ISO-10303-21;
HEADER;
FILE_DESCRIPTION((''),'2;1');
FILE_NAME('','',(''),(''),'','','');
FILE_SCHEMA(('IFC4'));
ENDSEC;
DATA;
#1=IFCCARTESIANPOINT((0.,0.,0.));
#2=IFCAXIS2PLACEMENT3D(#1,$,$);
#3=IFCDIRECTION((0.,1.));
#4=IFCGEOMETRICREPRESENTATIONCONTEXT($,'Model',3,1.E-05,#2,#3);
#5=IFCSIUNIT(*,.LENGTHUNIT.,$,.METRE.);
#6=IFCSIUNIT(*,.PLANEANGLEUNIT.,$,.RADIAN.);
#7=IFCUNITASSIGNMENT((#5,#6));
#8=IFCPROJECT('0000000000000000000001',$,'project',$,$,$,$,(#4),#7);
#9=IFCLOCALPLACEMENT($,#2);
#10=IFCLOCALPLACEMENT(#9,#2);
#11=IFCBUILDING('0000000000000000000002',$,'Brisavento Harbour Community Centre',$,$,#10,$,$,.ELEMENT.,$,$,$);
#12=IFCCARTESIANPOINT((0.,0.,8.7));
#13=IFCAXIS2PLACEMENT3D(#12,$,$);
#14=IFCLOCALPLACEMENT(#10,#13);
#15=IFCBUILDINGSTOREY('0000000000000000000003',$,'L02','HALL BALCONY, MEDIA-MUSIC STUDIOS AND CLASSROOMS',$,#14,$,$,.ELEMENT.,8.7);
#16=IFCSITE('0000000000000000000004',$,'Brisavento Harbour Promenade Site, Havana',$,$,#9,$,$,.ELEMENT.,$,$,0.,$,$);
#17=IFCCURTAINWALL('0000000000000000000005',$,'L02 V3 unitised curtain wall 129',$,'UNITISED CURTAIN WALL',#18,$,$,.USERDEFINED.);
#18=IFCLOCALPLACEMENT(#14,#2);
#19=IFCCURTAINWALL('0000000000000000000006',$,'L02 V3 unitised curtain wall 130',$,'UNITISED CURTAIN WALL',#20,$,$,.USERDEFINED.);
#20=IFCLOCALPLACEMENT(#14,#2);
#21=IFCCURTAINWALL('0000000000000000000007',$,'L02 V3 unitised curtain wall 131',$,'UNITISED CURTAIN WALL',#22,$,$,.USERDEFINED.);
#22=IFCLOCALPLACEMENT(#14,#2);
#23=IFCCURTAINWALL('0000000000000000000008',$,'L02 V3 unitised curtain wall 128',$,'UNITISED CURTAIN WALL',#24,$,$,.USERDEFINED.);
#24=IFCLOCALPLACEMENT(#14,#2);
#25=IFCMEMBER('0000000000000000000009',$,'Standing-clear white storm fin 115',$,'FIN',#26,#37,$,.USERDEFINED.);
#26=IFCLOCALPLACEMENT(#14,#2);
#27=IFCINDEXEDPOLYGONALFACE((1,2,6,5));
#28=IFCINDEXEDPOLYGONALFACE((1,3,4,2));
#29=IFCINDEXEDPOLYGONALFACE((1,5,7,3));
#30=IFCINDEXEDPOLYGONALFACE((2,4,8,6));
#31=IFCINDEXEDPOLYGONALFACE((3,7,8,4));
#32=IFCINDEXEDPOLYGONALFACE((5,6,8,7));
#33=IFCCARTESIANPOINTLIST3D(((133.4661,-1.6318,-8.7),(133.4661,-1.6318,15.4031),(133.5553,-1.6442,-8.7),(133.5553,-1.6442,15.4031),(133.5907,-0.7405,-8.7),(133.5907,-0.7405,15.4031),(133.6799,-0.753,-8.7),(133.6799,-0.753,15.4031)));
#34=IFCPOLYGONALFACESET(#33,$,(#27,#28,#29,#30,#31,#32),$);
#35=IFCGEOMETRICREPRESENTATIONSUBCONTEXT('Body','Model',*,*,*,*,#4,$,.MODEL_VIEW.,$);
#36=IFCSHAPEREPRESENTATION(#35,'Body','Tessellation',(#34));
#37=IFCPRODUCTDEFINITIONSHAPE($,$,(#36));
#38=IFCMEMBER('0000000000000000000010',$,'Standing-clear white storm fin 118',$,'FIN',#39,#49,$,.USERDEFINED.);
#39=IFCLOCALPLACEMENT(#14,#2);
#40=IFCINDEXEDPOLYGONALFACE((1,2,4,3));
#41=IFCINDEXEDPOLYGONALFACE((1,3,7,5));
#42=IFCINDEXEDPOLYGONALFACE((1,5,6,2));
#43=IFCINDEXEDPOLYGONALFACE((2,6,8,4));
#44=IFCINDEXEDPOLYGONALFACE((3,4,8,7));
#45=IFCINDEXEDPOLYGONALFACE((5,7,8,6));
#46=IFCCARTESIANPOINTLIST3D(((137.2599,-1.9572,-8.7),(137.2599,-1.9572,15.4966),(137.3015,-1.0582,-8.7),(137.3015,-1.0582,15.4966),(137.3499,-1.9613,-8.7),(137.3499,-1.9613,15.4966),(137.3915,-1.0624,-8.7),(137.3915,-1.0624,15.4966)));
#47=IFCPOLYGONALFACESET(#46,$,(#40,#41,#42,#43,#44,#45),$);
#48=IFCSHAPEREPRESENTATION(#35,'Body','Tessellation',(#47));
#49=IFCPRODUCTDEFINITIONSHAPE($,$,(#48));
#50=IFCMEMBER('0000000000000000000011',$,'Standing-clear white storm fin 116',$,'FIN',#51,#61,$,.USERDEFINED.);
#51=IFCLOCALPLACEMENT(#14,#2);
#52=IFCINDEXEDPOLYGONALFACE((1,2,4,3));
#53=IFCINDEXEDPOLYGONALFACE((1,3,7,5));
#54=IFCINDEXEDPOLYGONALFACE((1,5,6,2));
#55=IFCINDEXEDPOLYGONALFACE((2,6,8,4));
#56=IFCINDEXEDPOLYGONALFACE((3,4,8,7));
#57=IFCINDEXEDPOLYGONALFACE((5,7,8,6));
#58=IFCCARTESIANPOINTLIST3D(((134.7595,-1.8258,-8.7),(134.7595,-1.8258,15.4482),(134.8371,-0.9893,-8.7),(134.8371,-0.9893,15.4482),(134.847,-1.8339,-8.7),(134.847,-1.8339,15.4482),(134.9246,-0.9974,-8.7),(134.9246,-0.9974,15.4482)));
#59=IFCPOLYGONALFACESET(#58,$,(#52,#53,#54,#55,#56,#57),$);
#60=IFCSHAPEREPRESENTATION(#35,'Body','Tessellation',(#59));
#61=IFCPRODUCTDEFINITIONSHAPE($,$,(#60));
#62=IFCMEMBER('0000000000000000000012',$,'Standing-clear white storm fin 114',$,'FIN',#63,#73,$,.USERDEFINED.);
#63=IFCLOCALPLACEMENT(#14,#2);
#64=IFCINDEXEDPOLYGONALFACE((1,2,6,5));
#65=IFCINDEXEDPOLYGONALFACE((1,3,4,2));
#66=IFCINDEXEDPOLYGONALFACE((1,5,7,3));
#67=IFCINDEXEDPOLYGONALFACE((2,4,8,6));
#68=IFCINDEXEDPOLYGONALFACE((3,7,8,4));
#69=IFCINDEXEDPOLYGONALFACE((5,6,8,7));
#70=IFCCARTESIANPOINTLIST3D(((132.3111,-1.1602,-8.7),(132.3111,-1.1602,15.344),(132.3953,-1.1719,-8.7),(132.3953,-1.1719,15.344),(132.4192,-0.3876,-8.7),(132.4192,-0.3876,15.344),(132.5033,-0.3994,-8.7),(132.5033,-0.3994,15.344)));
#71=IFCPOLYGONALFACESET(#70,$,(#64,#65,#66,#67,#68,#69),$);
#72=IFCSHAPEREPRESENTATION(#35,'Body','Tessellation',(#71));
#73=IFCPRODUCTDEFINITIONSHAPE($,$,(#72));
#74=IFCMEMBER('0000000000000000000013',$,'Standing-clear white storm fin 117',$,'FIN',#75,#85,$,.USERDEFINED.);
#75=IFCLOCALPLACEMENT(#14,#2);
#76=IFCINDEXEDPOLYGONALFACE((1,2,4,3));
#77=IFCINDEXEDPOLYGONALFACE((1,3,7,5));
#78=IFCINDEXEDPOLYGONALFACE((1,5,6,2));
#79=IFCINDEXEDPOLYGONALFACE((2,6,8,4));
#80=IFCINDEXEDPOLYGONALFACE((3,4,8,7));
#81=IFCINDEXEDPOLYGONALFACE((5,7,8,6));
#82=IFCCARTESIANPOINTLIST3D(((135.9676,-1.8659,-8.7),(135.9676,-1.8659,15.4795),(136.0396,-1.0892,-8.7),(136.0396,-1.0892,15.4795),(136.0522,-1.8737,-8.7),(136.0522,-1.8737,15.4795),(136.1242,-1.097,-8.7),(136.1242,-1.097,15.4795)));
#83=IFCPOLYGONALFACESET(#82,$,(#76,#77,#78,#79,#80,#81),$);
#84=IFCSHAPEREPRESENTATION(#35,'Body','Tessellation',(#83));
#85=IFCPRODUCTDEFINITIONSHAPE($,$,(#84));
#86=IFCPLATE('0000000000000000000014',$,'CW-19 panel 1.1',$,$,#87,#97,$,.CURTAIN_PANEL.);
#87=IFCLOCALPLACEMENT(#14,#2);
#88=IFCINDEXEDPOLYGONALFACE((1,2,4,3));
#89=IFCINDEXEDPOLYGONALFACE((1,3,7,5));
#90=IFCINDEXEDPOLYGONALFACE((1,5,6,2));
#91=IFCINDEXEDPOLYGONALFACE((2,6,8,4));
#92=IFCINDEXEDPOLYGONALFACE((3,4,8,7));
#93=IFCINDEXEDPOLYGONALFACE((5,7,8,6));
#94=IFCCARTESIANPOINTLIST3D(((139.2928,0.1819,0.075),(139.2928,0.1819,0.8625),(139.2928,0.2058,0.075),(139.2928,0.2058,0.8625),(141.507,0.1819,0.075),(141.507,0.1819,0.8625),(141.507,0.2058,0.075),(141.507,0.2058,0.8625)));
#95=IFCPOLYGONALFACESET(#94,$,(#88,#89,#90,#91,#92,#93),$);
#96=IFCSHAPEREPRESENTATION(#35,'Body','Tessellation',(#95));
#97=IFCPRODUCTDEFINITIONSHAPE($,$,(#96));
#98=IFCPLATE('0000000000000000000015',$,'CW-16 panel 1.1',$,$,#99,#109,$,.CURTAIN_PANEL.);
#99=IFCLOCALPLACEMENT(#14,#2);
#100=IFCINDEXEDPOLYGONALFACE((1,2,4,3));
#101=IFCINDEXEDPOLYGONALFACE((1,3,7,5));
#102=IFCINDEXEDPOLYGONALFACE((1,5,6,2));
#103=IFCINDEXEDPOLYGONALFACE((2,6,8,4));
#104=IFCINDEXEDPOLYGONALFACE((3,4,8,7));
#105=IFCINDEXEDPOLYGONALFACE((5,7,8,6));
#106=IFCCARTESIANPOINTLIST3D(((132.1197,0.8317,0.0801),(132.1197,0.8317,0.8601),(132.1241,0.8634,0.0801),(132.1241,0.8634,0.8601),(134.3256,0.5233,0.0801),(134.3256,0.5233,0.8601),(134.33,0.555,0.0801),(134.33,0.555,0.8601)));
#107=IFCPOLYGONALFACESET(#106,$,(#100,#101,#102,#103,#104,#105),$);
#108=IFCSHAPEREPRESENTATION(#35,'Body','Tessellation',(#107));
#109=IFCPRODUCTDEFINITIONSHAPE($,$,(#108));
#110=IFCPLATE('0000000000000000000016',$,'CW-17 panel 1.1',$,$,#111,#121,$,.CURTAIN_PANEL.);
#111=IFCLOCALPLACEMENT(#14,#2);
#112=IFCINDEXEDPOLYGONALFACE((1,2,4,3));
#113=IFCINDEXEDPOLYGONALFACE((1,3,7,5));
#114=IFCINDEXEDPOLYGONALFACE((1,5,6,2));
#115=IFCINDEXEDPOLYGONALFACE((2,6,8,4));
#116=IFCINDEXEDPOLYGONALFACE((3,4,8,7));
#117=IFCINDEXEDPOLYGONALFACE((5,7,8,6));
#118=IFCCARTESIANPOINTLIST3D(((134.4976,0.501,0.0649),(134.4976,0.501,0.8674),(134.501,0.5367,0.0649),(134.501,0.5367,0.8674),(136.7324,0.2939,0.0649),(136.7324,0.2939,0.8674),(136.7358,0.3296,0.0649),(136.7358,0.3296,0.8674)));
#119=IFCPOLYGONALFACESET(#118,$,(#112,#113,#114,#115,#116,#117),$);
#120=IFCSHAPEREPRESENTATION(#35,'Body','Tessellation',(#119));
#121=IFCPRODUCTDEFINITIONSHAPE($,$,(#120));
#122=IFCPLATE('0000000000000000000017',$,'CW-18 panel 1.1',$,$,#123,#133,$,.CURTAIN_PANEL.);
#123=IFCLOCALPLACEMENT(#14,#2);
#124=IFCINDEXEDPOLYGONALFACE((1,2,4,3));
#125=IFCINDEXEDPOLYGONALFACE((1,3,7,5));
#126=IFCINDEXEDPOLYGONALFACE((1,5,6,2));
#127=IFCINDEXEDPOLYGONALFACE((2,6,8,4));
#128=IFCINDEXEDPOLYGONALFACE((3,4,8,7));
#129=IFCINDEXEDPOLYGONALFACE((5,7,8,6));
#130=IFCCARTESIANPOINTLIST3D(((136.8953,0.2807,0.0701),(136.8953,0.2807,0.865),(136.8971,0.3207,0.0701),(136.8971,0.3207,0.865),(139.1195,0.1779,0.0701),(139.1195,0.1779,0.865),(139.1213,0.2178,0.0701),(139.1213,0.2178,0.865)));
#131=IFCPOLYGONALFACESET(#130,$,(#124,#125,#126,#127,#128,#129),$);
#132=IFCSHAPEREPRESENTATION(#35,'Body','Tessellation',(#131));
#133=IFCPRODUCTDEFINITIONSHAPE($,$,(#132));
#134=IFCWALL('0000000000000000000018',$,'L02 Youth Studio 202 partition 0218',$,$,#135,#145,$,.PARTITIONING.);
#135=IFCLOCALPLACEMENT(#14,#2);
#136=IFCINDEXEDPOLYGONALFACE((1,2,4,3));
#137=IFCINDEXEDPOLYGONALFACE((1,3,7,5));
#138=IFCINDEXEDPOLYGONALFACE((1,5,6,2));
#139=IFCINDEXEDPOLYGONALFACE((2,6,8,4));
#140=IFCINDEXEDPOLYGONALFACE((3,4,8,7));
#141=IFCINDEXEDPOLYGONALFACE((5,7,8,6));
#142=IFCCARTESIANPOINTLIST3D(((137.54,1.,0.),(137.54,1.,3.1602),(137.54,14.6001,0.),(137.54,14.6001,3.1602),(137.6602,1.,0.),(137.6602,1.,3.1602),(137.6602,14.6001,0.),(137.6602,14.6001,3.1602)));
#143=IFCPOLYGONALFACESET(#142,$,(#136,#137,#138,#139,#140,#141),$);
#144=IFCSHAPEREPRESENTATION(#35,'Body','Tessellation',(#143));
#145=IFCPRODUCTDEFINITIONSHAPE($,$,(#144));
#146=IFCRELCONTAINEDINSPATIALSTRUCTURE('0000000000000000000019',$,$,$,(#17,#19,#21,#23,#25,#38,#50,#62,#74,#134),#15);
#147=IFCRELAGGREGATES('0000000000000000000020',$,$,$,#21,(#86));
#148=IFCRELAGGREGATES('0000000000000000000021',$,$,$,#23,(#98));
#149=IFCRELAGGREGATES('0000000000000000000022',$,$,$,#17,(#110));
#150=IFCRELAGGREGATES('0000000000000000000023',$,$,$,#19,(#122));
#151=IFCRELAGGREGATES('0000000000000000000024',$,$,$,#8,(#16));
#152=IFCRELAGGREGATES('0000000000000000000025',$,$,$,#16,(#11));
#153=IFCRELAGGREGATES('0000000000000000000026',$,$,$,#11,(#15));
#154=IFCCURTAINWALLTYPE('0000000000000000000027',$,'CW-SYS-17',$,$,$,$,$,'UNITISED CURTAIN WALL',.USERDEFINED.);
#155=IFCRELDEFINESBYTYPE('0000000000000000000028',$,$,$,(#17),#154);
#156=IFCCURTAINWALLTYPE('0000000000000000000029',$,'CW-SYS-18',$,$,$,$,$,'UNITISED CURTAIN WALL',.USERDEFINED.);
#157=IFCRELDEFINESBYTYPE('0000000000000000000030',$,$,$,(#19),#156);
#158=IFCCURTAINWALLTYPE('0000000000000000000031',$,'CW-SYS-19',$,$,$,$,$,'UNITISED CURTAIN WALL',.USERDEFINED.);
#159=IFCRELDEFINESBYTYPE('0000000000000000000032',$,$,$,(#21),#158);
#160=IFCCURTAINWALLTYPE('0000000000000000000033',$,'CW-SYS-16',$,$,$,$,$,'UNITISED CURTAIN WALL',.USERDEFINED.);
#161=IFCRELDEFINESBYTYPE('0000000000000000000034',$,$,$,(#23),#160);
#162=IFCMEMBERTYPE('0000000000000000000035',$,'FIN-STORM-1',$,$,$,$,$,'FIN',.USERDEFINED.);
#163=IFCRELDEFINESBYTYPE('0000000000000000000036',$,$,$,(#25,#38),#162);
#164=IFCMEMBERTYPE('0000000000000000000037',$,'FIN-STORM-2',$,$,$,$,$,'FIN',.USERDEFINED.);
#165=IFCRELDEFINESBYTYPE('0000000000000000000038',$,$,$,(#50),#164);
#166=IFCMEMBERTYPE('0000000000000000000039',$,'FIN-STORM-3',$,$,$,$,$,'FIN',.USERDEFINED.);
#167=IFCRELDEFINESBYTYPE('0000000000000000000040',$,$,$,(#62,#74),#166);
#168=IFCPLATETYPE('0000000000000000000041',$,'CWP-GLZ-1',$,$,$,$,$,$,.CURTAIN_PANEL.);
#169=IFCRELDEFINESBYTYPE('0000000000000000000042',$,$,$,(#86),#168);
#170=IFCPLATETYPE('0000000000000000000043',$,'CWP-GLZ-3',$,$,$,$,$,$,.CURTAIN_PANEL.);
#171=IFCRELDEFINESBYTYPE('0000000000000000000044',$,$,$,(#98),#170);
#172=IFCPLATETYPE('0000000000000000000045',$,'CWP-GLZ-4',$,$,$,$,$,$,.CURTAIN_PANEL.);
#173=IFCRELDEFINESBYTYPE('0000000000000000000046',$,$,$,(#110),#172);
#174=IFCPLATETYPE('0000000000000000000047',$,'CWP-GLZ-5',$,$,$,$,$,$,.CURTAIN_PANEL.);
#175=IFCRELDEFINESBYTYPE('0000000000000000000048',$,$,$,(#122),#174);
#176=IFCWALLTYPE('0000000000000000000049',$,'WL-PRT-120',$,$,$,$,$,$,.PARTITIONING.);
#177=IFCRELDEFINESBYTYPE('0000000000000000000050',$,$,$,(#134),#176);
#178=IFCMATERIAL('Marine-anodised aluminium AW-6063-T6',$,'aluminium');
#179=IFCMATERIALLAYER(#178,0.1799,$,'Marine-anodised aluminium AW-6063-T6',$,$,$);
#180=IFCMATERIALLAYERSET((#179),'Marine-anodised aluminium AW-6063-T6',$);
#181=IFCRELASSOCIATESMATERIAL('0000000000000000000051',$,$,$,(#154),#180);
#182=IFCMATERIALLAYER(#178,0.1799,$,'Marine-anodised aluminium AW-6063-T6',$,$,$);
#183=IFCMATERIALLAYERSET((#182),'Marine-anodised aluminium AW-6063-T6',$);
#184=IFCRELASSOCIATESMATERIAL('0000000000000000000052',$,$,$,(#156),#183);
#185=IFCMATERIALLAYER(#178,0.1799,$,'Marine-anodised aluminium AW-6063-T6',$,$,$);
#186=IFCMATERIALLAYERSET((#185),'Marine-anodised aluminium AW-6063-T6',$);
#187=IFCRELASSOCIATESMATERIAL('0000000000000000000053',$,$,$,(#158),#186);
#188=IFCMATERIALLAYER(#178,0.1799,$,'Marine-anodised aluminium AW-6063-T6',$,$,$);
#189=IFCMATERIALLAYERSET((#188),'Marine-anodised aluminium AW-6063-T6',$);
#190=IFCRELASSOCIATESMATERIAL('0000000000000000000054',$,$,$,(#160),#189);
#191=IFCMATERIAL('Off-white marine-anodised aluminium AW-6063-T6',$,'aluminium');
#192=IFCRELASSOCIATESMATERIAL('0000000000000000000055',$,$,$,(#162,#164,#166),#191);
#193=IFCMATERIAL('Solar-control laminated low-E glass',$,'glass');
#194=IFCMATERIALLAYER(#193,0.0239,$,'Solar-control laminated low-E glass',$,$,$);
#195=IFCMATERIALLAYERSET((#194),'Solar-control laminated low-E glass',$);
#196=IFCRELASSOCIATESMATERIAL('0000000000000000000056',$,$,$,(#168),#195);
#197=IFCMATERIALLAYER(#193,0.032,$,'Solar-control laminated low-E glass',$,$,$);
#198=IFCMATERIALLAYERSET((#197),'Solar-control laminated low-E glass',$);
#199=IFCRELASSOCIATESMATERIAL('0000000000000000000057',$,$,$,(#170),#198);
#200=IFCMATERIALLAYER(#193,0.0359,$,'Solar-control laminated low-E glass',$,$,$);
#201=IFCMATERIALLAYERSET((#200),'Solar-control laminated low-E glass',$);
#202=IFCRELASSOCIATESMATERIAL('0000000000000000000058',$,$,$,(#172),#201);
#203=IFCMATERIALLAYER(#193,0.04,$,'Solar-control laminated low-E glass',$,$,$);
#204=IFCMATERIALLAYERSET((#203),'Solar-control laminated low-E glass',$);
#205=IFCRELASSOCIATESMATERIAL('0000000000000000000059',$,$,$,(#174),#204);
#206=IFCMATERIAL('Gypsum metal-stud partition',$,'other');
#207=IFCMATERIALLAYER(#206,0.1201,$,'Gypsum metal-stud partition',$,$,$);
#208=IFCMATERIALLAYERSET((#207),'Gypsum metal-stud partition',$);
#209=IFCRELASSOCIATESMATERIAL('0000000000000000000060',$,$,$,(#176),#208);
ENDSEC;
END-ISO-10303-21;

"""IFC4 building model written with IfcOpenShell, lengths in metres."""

from ifc_helpers import new_model, si_unit, direction, frame, frame_2d, origin, origin_2d, place, context, subcontext, project, spatial, rectangle, extrude, material, layer, layer_set, material_profile, profile_set, type_object, element, aggregate, save


model = new_model("IFC4")

# Units and contexts
model_context = context("Model", 3, precision=1e-05, world=origin(), true_north=direction((0.0, 1.0)))
body_context = subcontext(model_context, "Body", "Model", "MODEL_VIEW")
ifc_project = project(units=[si_unit("LENGTHUNIT", "METRE"), si_unit("PLANEANGLEUNIT", "RADIAN")], contexts=[model_context])

# Site, building, storey
site_placement = place(None, origin())
site = spatial("IfcSite", under=ifc_project, at=site_placement, Name="Brisavento Harbour Promenade Site, Havana", CompositionType="ELEMENT", RefElevation=0.0)
building_placement = place(site_placement, origin())
building = spatial("IfcBuilding", under=site, at=building_placement, Name="Brisavento Harbour Community Centre", CompositionType="ELEMENT")
storey_placement = place(building_placement, frame((0.0, 0.0, 8.7)))
storey = spatial("IfcBuildingStorey", under=building, at=storey_placement, Name="L02", Description="HALL BALCONY, MEDIA-MUSIC STUDIOS AND CLASSROOMS", CompositionType="ELEMENT", Elevation=8.7)

# Curtain walls
ifc_material_1 = material(Name="Marine-anodised aluminium AW-6063-T6", Category="aluminium")
ifc_layer_1 = layer(ifc_material_1, 0.1799, Name="Marine-anodised aluminium AW-6063-T6")
ifc_layer_set_1 = layer_set([ifc_layer_1], Name="Marine-anodised aluminium AW-6063-T6")
curtain_wall_type_1 = type_object("IfcCurtainWallType", Name="CW-SYS-17", ElementType="UNITISED CURTAIN WALL", PredefinedType="USERDEFINED", material=ifc_layer_set_1)
curtain_wall_1_placement = place(storey_placement, origin())
curtain_wall_1 = element("IfcCurtainWall", 1, at=curtain_wall_1_placement, inside=storey, type_object=curtain_wall_type_1, Name="L02 V3 unitised curtain wall 129", ObjectType="UNITISED CURTAIN WALL", PredefinedType="USERDEFINED")
ifc_layer_2 = layer(ifc_material_1, 0.1799, Name="Marine-anodised aluminium AW-6063-T6")
ifc_layer_set_2 = layer_set([ifc_layer_2], Name="Marine-anodised aluminium AW-6063-T6")
curtain_wall_type_2 = type_object("IfcCurtainWallType", Name="CW-SYS-18", ElementType="UNITISED CURTAIN WALL", PredefinedType="USERDEFINED", material=ifc_layer_set_2)
curtain_wall_2_placement = place(storey_placement, origin())
curtain_wall_2 = element("IfcCurtainWall", 2, at=curtain_wall_2_placement, inside=storey, type_object=curtain_wall_type_2, Name="L02 V3 unitised curtain wall 130", ObjectType="UNITISED CURTAIN WALL", PredefinedType="USERDEFINED")

# Curtain wall
ifc_layer_3 = layer(ifc_material_1, 0.1799, Name="Marine-anodised aluminium AW-6063-T6")
ifc_layer_set_3 = layer_set([ifc_layer_3], Name="Marine-anodised aluminium AW-6063-T6")
curtain_wall_type_3 = type_object("IfcCurtainWallType", Name="CW-SYS-19", ElementType="UNITISED CURTAIN WALL", PredefinedType="USERDEFINED", material=ifc_layer_set_3)
curtain_wall_3_placement = place(storey_placement, origin())
curtain_wall_3 = element("IfcCurtainWall", 3, at=curtain_wall_3_placement, inside=storey, type_object=curtain_wall_type_3, Name="L02 V3 unitised curtain wall 131", ObjectType="UNITISED CURTAIN WALL", PredefinedType="USERDEFINED")

# Curtain wall
ifc_layer_4 = layer(ifc_material_1, 0.1799, Name="Marine-anodised aluminium AW-6063-T6")
ifc_layer_set_4 = layer_set([ifc_layer_4], Name="Marine-anodised aluminium AW-6063-T6")
curtain_wall_type_4 = type_object("IfcCurtainWallType", Name="CW-SYS-16", ElementType="UNITISED CURTAIN WALL", PredefinedType="USERDEFINED", material=ifc_layer_set_4)
curtain_wall_4_placement = place(storey_placement, origin())
curtain_wall_4 = element("IfcCurtainWall", 4, at=curtain_wall_4_placement, inside=storey, type_object=curtain_wall_type_4, Name="L02 V3 unitised curtain wall 128", ObjectType="UNITISED CURTAIN WALL", PredefinedType="USERDEFINED")

# Members
ifc_material_2 = material(Name="Off-white marine-anodised aluminium AW-6063-T6", Category="aluminium")
ifc_material_profile_1 = material_profile(ifc_material_2, rectangle(XDim=0.0901, YDim=0.8999, at=origin_2d()), Name="Off-white marine-anodised aluminium AW-6063-T6")
ifc_profile_set_1 = profile_set([ifc_material_profile_1], Name="Off-white marine-anodised aluminium AW-6063-T6")
member_type_1 = type_object("IfcMemberType", Name="FIN-STORM-1", ElementType="FIN", PredefinedType="USERDEFINED", material=ifc_profile_set_1)
member_1_placement = place(storey_placement, frame((133.573, -1.1924, -8.7), z_axis=(0.0, 0.0, 1.0), x_axis=(-0.990363, 0.138499, 0.0)))
element("IfcMember", 5, at=member_1_placement, inside=storey, type_object=member_type_1, Name="Standing-clear white storm fin 115", ObjectType="FIN", PredefinedType="USERDEFINED", context=body_context, shape_type="SweptSolid", body=[
    extrude(rectangle(XDim=0.0901, YDim=0.8999, at=origin_2d()), origin(), (0.0, 0.0, 1.0), 24.103),
])
member_2_placement = place(storey_placement, frame((137.3257, -1.5098, -8.7), z_axis=(0.0, 0.0, 1.0), x_axis=(-0.998934, 0.046165, 0.0)))
element("IfcMember", 6, at=member_2_placement, inside=storey, type_object=member_type_1, Name="Standing-clear white storm fin 118", ObjectType="FIN", PredefinedType="USERDEFINED", context=body_context, shape_type="SweptSolid", body=[
    extrude(rectangle(XDim=0.0901, YDim=0.8999, at=origin_2d()), origin(), (0.0, 0.0, 1.0), 24.1965),
])
ifc_material_profile_2 = material_profile(ifc_material_2, rectangle(XDim=0.0879, YDim=0.8401, at=origin_2d()), Name="Off-white marine-anodised aluminium AW-6063-T6")
ifc_profile_set_2 = profile_set([ifc_material_profile_2], Name="Off-white marine-anodised aluminium AW-6063-T6")
member_type_2 = type_object("IfcMemberType", Name="FIN-STORM-2", ElementType="FIN", PredefinedType="USERDEFINED", material=ifc_profile_set_2)
member_3_placement = place(storey_placement, frame((134.842, -1.4116, -8.7), z_axis=(0.0, 0.0, 1.0), x_axis=(-0.995728, 0.092336, 0.0)))
element("IfcMember", 7, at=member_3_placement, inside=storey, type_object=member_type_2, Name="Standing-clear white storm fin 116", ObjectType="FIN", PredefinedType="USERDEFINED", context=body_context, shape_type="SweptSolid", body=[
    extrude(rectangle(XDim=0.0879, YDim=0.8401, at=origin_2d()), origin(), (0.0, 0.0, 1.0), 24.1482),
])
ifc_material_profile_3 = material_profile(ifc_material_2, rectangle(XDim=0.085, YDim=0.78, at=origin_2d()), Name="Off-white marine-anodised aluminium AW-6063-T6")
ifc_profile_set_3 = profile_set([ifc_material_profile_3], Name="Off-white marine-anodised aluminium AW-6063-T6")
member_type_3 = type_object("IfcMemberType", Name="FIN-STORM-3", ElementType="FIN", PredefinedType="USERDEFINED", material=ifc_profile_set_3)
member_4_placement = place(storey_placement, frame((132.4072, -0.7798, -8.7), z_axis=(0.0, 0.0, 1.0), x_axis=(-0.990363, 0.138499, 0.0)))
element("IfcMember", 8, at=member_4_placement, inside=storey, type_object=member_type_3, Name="Standing-clear white storm fin 114", ObjectType="FIN", PredefinedType="USERDEFINED", context=body_context, shape_type="SweptSolid", body=[
    extrude(rectangle(XDim=0.085, YDim=0.78, at=origin_2d()), origin(), (0.0, 0.0, 1.0), 24.0439),
])
member_5_placement = place(storey_placement, frame((136.0459, -1.4814, -8.7), z_axis=(0.0, 0.0, 1.0), x_axis=(-0.995728, 0.092336, 0.0)))
element("IfcMember", 9, at=member_5_placement, inside=storey, type_object=member_type_3, Name="Standing-clear white storm fin 117", ObjectType="FIN", PredefinedType="USERDEFINED", context=body_context, shape_type="SweptSolid", body=[
    extrude(rectangle(XDim=0.085, YDim=0.78, at=origin_2d()), origin(), (0.0, 0.0, 1.0), 24.1794),
])

# Plates
ifc_material_3 = material(Name="Solar-control laminated low-E glass", Category="glass")
ifc_layer_5 = layer(ifc_material_3, 0.0239, Name="Solar-control laminated low-E glass")
ifc_layer_set_5 = layer_set([ifc_layer_5], Name="Solar-control laminated low-E glass")
plate_type_1 = type_object("IfcPlateType", Name="CWP-GLZ-1", PredefinedType="CURTAIN_PANEL", material=ifc_layer_set_5)
plate_1_placement = place(storey_placement, frame((140.3999, 0.1938, 0.075), z_axis=(0.0, 0.0, 1.0), x_axis=(-1.0, 0.0, 0.0)))
plate_1 = element("IfcPlate", 10, at=plate_1_placement, type_object=plate_type_1, Name="CW-19 panel 1.1", PredefinedType="CURTAIN_PANEL", context=body_context, shape_type="SweptSolid", body=[
    extrude(rectangle(XDim=2.2141, YDim=0.0239, at=origin_2d()), origin(), (0.0, 0.0, 1.0), 0.7876),
])
aggregate(curtain_wall_3, [plate_1])
ifc_layer_6 = layer(ifc_material_3, 0.032, Name="Solar-control laminated low-E glass")
ifc_layer_set_6 = layer_set([ifc_layer_6], Name="Solar-control laminated low-E glass")
plate_type_2 = type_object("IfcPlateType", Name="CWP-GLZ-3", PredefinedType="CURTAIN_PANEL", material=ifc_layer_set_6)
plate_2_placement = place(storey_placement, frame((133.2249, 0.6934, 0.0801), z_axis=(0.0, 0.0, 1.0), x_axis=(-0.990366, 0.138477, 0.0)))
plate_2 = element("IfcPlate", 11, at=plate_2_placement, type_object=plate_type_2, Name="CW-16 panel 1.1", PredefinedType="CURTAIN_PANEL", context=body_context, shape_type="SweptSolid", body=[
    extrude(rectangle(XDim=2.2273, YDim=0.032, at=origin_2d()), origin(), (0.0, 0.0, 1.0), 0.78),
])
aggregate(curtain_wall_4, [plate_2])
ifc_layer_7 = layer(ifc_material_3, 0.0359, Name="Solar-control laminated low-E glass")
ifc_layer_set_7 = layer_set([ifc_layer_7], Name="Solar-control laminated low-E glass")
plate_type_3 = type_object("IfcPlateType", Name="CWP-GLZ-4", PredefinedType="CURTAIN_PANEL", material=ifc_layer_set_7)
plate_3_placement = place(storey_placement, frame((135.6167, 0.4153, 0.0649), z_axis=(0.0, 0.0, 1.0), x_axis=(-0.995733, 0.092279, 0.0)))
plate_3 = element("IfcPlate", 12, at=plate_3_placement, type_object=plate_type_3, Name="CW-17 panel 1.1", PredefinedType="CURTAIN_PANEL", context=body_context, shape_type="SweptSolid", body=[
    extrude(rectangle(XDim=2.2444, YDim=0.0359, at=origin_2d()), origin(), (0.0, 0.0, 1.0), 0.8025),
])
aggregate(curtain_wall_1, [plate_3])
ifc_layer_8 = layer(ifc_material_3, 0.04, Name="Solar-control laminated low-E glass")
ifc_layer_set_8 = layer_set([ifc_layer_8], Name="Solar-control laminated low-E glass")
plate_type_4 = type_object("IfcPlateType", Name="CWP-GLZ-5", PredefinedType="CURTAIN_PANEL", material=ifc_layer_set_8)
plate_4_placement = place(storey_placement, frame((138.0083, 0.2493, 0.0701), z_axis=(0.0, 0.0, 1.0), x_axis=(-0.998933, 0.046186, 0.0)))
plate_4 = element("IfcPlate", 13, at=plate_4_placement, type_object=plate_type_4, Name="CW-18 panel 1.1", PredefinedType="CURTAIN_PANEL", context=body_context, shape_type="SweptSolid", body=[
    extrude(rectangle(XDim=2.2266, YDim=0.04, at=origin_2d()), origin(), (0.0, 0.0, 1.0), 0.7949),
])
aggregate(curtain_wall_2, [plate_4])

# Wall
ifc_material_4 = material(Name="Gypsum metal-stud partition", Category="other")
ifc_layer_9 = layer(ifc_material_4, 0.1201, Name="Gypsum metal-stud partition")
ifc_layer_set_9 = layer_set([ifc_layer_9], Name="Gypsum metal-stud partition")
wall_type = type_object("IfcWallType", Name="WL-PRT-120", PredefinedType="PARTITIONING", material=ifc_layer_set_9)
wall_placement = place(storey_placement, frame((137.6001, 1.0, 0.0), z_axis=(0.0, 0.0, 1.0), x_axis=(0.0, 1.0, 0.0)))
element("IfcWall", 14, at=wall_placement, inside=storey, type_object=wall_type, Name="L02 Youth Studio 202 partition 0218", PredefinedType="PARTITIONING", context=body_context, shape_type="SweptSolid", body=[
    extrude(rectangle(XDim=13.6001, YDim=0.1201, at=frame_2d((6.8, 0.0))), origin(), (0.0, 0.0, 1.0), 3.1602),
])

save(model, "model.ifc")
